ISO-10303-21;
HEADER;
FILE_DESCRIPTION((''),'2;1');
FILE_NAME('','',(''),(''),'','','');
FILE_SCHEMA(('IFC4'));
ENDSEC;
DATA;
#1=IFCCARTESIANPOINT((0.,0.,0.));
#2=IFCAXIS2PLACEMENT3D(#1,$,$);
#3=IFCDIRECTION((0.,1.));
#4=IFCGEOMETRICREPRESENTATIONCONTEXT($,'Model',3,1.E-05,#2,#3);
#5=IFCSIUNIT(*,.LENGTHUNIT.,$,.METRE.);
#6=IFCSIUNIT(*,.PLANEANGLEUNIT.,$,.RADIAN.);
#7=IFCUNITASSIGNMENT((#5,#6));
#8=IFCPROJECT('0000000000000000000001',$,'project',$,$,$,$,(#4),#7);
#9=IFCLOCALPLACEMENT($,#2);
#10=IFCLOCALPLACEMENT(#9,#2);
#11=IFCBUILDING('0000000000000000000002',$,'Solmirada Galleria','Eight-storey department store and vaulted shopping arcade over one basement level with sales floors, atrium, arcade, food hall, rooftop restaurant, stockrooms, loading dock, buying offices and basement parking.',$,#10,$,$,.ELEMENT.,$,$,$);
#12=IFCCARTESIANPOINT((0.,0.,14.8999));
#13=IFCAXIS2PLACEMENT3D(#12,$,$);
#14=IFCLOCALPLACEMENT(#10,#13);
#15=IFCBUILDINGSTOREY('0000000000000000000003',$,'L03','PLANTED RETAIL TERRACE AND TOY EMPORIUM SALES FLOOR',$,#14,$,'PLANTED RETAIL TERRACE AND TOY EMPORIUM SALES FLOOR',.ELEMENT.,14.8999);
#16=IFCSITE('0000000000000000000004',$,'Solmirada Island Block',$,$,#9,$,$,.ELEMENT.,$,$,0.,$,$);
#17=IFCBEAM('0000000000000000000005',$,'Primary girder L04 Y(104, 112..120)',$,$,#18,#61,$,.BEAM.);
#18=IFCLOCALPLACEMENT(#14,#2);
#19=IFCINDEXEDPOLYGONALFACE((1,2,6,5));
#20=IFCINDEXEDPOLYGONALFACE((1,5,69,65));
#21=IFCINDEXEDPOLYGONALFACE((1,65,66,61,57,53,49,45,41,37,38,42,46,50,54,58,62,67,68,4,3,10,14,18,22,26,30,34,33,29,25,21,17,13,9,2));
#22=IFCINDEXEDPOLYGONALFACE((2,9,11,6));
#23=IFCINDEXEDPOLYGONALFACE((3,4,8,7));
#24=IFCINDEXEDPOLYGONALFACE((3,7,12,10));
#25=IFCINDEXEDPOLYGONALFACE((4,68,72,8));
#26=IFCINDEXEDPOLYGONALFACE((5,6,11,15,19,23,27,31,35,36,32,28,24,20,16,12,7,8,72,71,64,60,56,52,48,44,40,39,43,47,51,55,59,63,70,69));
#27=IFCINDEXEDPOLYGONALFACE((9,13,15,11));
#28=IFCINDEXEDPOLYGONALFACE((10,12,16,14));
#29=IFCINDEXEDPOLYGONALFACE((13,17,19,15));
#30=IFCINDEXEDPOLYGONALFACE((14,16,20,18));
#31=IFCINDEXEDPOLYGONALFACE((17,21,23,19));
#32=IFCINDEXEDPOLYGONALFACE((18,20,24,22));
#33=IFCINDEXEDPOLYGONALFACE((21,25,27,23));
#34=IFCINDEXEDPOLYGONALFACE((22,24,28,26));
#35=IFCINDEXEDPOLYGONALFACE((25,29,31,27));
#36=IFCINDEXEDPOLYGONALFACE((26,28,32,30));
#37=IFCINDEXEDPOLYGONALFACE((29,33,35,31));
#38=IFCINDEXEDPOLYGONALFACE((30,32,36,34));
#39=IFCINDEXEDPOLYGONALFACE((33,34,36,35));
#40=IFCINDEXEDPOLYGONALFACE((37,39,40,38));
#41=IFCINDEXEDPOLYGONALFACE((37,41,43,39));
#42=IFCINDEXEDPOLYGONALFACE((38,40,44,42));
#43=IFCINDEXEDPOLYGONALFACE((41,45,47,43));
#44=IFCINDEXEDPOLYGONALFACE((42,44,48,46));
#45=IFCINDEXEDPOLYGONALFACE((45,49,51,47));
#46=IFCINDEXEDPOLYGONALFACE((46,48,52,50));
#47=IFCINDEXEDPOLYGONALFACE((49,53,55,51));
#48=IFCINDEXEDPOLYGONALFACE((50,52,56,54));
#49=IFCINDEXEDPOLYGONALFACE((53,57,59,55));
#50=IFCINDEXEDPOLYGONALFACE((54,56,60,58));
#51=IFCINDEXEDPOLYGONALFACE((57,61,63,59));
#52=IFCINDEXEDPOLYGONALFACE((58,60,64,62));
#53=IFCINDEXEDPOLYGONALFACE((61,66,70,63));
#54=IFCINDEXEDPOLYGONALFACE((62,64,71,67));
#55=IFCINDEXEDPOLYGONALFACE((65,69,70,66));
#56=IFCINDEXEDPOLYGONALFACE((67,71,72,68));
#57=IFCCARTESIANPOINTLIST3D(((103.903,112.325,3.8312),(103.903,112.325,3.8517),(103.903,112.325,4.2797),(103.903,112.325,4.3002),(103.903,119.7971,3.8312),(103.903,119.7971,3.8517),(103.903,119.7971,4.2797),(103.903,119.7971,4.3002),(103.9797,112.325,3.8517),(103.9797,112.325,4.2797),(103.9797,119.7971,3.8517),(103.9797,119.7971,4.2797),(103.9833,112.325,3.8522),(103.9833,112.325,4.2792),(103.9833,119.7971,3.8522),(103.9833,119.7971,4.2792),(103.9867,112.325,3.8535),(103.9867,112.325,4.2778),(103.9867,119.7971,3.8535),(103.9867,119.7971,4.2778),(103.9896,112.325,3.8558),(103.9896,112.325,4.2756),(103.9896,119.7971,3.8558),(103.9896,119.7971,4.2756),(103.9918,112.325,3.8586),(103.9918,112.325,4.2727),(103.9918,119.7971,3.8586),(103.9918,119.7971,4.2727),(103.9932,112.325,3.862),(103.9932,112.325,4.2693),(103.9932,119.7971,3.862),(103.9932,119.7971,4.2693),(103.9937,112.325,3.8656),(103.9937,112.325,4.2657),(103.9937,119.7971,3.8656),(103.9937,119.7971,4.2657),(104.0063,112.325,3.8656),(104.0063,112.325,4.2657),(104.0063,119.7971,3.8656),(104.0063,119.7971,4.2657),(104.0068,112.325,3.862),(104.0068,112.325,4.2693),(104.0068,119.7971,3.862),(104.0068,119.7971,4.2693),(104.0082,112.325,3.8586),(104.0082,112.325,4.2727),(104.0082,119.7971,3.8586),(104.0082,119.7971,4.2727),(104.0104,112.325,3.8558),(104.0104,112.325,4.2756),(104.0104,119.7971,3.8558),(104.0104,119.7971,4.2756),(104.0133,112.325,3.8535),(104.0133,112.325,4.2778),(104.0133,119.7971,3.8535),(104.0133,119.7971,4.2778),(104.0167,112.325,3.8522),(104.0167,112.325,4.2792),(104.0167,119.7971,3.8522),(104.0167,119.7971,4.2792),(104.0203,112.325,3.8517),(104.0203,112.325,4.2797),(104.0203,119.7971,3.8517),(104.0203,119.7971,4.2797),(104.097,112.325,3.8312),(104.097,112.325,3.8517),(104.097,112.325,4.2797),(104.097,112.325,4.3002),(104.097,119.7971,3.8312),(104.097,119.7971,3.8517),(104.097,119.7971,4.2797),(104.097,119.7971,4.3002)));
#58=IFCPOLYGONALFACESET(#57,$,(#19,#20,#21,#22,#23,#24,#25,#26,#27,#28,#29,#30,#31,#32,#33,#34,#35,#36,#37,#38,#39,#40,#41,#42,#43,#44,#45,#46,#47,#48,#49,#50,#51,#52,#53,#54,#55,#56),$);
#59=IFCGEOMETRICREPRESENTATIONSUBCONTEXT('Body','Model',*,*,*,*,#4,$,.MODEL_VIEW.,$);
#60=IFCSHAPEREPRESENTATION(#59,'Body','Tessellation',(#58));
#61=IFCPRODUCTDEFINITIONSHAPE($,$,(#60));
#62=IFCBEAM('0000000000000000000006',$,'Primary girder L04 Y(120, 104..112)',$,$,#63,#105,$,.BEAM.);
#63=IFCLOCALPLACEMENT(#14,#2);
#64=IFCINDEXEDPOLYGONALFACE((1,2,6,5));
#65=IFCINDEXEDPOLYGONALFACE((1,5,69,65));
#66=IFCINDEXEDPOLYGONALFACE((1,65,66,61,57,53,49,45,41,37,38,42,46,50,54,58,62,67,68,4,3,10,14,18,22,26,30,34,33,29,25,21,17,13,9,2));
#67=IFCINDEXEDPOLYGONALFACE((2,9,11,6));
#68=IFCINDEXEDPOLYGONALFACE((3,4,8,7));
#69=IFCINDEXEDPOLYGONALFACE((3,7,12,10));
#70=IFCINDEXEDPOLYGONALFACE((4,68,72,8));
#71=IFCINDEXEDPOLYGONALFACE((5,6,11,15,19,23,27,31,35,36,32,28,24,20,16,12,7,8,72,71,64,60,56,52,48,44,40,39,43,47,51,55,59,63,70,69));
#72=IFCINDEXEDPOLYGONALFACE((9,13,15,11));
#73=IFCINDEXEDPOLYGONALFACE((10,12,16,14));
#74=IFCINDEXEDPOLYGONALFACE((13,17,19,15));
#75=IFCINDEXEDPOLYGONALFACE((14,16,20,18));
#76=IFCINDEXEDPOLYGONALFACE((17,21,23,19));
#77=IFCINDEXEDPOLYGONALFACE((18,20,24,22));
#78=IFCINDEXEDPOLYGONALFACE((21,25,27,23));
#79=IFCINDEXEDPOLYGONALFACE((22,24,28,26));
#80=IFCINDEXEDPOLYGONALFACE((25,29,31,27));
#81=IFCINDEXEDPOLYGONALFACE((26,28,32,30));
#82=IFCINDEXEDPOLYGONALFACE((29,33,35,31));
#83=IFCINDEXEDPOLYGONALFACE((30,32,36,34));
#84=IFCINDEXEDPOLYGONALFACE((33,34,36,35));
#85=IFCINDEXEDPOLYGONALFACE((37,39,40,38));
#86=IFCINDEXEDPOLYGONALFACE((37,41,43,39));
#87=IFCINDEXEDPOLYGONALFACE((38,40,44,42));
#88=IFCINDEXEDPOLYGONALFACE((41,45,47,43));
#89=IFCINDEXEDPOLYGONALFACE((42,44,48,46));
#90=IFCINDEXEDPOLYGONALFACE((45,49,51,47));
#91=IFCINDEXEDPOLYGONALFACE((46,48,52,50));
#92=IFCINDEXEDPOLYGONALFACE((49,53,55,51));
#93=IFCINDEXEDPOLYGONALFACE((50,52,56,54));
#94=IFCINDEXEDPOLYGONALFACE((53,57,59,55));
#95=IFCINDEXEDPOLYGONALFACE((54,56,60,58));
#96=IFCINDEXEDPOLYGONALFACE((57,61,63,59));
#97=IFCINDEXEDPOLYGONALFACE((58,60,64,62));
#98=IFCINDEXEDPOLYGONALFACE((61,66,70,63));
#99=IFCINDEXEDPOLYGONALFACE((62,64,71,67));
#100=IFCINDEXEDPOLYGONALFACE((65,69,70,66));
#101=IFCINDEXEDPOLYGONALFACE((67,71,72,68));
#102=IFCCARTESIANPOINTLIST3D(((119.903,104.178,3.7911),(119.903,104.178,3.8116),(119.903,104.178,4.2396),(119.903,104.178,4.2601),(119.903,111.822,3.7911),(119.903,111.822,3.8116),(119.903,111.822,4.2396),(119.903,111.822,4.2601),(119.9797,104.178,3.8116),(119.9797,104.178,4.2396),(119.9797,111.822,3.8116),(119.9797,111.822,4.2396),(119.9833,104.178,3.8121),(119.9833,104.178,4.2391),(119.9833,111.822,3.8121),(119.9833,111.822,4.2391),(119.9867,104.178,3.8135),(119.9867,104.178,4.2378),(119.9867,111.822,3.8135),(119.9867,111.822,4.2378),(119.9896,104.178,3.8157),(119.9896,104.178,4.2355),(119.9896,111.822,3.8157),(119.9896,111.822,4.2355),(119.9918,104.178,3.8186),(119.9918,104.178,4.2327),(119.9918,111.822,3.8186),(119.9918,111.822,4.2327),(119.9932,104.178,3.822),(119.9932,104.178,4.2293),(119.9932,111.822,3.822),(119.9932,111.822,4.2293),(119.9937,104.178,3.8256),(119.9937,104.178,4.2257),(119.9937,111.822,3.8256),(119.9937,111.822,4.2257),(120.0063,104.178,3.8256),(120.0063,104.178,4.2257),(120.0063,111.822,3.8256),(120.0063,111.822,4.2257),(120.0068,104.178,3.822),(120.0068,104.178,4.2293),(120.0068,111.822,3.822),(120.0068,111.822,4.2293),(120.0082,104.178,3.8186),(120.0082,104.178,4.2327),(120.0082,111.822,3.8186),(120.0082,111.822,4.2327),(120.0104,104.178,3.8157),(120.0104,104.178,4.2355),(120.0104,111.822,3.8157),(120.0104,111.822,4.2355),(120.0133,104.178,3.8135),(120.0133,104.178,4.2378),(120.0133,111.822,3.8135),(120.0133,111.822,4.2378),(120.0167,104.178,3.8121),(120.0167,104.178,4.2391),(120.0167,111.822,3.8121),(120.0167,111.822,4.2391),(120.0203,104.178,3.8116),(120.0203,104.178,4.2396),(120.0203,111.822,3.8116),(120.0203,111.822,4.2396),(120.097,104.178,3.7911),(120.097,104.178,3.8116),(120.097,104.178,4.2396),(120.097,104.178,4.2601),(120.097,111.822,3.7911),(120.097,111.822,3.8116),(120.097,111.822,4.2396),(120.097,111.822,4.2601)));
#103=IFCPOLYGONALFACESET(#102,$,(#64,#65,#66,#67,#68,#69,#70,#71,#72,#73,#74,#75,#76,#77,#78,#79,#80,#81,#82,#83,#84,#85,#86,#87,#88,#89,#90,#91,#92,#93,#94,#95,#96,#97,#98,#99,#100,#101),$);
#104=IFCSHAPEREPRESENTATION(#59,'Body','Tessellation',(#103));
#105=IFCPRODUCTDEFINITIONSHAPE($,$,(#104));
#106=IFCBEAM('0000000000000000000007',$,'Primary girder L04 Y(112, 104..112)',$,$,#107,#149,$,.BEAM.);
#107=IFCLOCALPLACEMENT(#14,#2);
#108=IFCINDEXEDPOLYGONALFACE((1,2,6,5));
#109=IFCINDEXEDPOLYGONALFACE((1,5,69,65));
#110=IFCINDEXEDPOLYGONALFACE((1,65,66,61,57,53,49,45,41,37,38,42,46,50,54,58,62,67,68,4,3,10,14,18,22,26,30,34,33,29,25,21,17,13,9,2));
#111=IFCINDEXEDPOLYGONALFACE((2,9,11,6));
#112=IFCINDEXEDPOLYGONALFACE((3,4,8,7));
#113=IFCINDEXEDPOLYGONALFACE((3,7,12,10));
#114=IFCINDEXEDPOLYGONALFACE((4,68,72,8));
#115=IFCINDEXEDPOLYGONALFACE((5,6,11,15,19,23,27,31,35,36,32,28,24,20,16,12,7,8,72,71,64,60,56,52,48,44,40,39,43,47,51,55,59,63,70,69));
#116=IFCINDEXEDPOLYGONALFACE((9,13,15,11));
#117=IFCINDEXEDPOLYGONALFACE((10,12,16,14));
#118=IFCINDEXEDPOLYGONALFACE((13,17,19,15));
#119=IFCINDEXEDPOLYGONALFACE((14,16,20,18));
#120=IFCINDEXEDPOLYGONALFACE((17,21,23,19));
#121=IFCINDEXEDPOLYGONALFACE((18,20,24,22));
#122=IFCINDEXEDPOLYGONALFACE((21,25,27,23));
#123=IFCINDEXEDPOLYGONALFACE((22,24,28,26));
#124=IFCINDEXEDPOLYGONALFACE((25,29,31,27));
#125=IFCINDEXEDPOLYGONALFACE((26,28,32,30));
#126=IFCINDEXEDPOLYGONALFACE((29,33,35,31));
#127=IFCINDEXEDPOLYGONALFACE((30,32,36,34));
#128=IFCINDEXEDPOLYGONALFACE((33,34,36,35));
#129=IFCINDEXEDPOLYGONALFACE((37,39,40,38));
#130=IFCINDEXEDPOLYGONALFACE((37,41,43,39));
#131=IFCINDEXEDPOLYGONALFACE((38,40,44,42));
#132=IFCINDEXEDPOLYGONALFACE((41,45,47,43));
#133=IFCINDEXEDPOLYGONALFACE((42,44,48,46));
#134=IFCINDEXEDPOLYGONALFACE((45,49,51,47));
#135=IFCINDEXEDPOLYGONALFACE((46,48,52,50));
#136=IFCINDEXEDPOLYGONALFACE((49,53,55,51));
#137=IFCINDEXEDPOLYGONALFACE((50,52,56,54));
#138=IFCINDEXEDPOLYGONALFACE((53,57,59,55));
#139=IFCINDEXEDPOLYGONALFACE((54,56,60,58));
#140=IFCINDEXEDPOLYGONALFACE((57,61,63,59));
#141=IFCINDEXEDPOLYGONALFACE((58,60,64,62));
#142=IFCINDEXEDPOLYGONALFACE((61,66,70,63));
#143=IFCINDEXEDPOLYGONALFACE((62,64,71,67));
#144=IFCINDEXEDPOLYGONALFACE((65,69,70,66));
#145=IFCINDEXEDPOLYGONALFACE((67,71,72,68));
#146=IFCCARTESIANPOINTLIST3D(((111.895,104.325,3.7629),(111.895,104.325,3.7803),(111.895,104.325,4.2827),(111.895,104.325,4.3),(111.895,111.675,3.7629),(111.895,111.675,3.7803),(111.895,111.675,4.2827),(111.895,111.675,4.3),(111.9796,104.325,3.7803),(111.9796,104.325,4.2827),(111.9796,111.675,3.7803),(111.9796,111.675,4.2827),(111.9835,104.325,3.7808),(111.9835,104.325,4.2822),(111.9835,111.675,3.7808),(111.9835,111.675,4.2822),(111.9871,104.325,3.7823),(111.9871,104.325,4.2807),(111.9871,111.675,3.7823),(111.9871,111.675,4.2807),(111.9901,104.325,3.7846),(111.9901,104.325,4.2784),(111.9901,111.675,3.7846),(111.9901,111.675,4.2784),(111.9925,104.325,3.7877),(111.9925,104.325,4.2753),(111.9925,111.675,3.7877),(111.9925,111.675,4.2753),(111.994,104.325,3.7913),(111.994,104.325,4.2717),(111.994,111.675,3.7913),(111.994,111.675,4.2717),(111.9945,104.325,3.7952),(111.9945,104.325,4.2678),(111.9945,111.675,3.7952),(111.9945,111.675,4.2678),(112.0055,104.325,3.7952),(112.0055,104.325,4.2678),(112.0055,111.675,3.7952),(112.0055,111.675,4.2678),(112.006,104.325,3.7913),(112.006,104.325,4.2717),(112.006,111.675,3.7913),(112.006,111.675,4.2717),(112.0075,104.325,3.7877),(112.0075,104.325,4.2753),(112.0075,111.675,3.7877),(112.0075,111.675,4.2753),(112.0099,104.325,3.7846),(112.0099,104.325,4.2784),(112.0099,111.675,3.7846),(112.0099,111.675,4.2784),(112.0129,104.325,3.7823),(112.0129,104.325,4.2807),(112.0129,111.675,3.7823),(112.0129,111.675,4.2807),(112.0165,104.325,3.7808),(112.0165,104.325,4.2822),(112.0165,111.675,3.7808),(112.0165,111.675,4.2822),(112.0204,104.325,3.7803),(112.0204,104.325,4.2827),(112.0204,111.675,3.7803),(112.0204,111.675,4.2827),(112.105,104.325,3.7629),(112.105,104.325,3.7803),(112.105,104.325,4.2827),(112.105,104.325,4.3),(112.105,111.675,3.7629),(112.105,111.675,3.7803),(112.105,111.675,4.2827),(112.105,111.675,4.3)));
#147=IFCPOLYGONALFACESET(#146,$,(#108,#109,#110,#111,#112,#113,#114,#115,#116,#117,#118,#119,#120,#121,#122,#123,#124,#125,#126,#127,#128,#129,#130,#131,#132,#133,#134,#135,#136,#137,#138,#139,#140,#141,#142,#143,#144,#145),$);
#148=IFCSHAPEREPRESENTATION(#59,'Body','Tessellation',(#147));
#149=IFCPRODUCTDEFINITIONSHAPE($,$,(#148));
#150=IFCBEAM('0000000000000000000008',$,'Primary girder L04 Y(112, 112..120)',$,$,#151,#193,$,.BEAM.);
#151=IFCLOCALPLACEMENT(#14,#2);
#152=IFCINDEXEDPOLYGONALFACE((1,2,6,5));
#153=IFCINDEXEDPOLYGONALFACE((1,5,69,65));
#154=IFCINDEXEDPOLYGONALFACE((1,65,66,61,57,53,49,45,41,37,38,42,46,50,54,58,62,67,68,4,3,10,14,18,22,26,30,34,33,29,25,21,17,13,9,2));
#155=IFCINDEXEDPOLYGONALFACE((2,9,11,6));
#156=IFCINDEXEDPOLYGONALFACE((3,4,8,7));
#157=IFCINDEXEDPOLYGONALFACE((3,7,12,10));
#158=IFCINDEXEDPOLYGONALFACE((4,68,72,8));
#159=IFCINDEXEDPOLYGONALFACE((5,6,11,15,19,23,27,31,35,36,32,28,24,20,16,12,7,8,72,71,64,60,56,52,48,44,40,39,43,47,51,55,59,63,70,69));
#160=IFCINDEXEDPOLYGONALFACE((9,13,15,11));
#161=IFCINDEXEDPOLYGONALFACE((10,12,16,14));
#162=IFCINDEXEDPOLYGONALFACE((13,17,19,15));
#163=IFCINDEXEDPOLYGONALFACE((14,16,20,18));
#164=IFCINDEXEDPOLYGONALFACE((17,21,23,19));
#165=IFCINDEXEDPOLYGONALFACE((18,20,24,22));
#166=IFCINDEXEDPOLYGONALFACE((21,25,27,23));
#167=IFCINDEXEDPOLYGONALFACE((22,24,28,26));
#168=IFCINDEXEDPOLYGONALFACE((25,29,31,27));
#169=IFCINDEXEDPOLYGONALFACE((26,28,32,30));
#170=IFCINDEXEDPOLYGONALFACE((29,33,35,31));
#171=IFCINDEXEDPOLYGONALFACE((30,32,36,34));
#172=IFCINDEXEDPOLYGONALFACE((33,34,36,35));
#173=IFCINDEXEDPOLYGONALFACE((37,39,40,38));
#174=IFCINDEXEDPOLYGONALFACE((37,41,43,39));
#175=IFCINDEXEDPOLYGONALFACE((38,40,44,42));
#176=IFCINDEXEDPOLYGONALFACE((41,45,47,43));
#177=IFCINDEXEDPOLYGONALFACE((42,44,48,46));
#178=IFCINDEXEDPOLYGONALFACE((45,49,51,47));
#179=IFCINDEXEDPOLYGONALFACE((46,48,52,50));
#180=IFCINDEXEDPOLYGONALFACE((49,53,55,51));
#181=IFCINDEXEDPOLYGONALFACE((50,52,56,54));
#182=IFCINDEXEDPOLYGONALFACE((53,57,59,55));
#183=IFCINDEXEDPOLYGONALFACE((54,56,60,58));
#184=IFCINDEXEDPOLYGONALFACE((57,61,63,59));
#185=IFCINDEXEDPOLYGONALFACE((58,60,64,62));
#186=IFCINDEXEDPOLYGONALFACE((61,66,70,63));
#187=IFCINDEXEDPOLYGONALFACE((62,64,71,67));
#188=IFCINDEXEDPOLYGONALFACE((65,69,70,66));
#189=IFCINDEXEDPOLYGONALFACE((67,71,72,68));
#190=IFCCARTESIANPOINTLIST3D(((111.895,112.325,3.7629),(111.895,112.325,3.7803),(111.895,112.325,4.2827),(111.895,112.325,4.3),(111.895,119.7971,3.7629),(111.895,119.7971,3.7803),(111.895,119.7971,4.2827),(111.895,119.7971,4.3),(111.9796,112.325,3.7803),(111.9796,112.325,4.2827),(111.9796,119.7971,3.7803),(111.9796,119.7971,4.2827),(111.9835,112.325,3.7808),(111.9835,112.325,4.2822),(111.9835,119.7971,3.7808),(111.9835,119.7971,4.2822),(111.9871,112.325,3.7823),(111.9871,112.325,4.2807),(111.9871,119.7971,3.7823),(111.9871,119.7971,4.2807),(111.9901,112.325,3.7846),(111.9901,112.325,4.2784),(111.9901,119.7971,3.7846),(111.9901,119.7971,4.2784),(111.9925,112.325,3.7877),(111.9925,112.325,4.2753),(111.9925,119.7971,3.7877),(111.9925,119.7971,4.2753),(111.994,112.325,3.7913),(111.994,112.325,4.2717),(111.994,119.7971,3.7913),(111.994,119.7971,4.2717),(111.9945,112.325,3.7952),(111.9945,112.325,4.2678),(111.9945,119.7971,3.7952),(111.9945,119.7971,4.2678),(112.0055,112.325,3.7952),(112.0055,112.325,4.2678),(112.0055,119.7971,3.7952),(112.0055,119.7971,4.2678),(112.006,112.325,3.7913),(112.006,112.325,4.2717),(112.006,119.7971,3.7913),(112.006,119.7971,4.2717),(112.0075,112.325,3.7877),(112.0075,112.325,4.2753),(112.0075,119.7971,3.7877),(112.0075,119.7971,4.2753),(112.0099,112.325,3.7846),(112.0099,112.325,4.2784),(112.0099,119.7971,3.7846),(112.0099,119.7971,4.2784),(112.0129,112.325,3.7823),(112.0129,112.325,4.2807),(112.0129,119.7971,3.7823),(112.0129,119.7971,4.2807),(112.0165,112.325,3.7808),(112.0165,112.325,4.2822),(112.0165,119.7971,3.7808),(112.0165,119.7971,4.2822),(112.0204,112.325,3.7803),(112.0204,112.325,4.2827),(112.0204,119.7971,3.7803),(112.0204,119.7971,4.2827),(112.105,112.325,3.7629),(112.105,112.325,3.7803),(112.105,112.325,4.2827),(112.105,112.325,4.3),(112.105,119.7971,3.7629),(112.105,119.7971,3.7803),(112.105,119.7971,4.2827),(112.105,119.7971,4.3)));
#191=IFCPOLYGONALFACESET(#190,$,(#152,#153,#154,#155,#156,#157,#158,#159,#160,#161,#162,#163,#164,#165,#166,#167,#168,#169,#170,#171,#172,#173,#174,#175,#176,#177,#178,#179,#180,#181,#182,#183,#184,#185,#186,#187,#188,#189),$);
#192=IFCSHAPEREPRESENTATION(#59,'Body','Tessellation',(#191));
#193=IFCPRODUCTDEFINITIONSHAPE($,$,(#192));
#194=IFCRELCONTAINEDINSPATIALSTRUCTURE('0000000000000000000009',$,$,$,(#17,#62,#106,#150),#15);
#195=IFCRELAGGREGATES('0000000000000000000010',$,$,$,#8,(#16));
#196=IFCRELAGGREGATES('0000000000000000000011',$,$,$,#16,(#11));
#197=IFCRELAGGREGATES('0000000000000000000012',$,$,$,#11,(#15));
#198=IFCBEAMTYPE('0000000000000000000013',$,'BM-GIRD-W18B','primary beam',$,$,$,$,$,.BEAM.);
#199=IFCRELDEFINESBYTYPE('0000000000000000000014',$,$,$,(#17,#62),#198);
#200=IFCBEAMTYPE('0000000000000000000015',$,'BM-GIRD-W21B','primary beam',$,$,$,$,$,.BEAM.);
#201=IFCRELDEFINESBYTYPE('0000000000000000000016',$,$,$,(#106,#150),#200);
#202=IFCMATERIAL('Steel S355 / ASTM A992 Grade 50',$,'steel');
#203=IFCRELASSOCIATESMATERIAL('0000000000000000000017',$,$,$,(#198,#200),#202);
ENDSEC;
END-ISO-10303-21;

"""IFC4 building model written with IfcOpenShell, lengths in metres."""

from ifc_helpers import new_model, si_unit, direction, frame, origin, origin_2d, place, context, subcontext, project, spatial, i_section, extrude, material, material_profile, profile_set, type_object, element, save


model = new_model("IFC4")

# Units and contexts
model_context = context("Model", 3, precision=1e-05, world=origin(), true_north=direction((0.0, 1.0)))
body_context = subcontext(model_context, "Body", "Model", "MODEL_VIEW")
ifc_project = project(units=[si_unit("LENGTHUNIT", "METRE"), si_unit("PLANEANGLEUNIT", "RADIAN")], contexts=[model_context])

# Site, building, storey
site_placement = place(None, origin())
site = spatial("IfcSite", under=ifc_project, at=site_placement, Name="Solmirada Island Block", CompositionType="ELEMENT", RefElevation=0.0)
building_placement = place(site_placement, origin())
building = spatial("IfcBuilding", under=site, at=building_placement, Name="Solmirada Galleria", Description="Eight-storey department store and vaulted shopping arcade over one basement level with sales floors, atrium, arcade, food hall, rooftop restaurant, stockrooms, loading dock, buying offices and basement parking.", CompositionType="ELEMENT")
storey_placement = place(building_placement, frame((0.0, 0.0, 14.8999)))
storey = spatial("IfcBuildingStorey", under=building, at=storey_placement, Name="L03", Description="PLANTED RETAIL TERRACE AND TOY EMPORIUM SALES FLOOR", LongName="PLANTED RETAIL TERRACE AND TOY EMPORIUM SALES FLOOR", CompositionType="ELEMENT", Elevation=14.8999)

# Beams
ifc_material_1 = material(Name="Steel S355 / ASTM A992 Grade 50", Category="steel")
ifc_material_profile_1 = material_profile(ifc_material_1, i_section(OverallWidth=0.1941, OverallDepth=0.469, WebThickness=0.0127, FlangeThickness=0.0205, FilletRadius=0.0139, at=origin_2d()), Name="W18X71")
ifc_profile_set_1 = profile_set([ifc_material_profile_1], Name="Steel S355 / ASTM A992 Grade 50")
beam_type_1 = type_object("IfcBeamType", Name="BM-GIRD-W18B", Description="primary beam", PredefinedType="BEAM", material=ifc_profile_set_1)
beam_1_placement = place(storey_placement, frame((104.0, 112.325, 4.0657), z_axis=(0.0, 1.0, 0.0), x_axis=(-1.0, 0.0, 0.0)))
element("IfcBeam", 1, at=beam_1_placement, inside=storey, type_object=beam_type_1, Name="Primary girder L04 Y(104, 112..120)", PredefinedType="BEAM", context=body_context, shape_type="SweptSolid", body=[
    extrude(i_section(OverallWidth=0.1941, OverallDepth=0.469, WebThickness=0.0127, FlangeThickness=0.0205, FilletRadius=0.0139, at=origin_2d()), origin(), (0.0, 0.0, 1.0), 7.4722),
])
beam_2_placement = place(storey_placement, frame((120.0, 104.178, 4.0256), z_axis=(0.0, 1.0, 0.0), x_axis=(-1.0, 0.0, 0.0)))
element("IfcBeam", 2, at=beam_2_placement, inside=storey, type_object=beam_type_1, Name="Primary girder L04 Y(120, 104..112)", PredefinedType="BEAM", context=body_context, shape_type="SweptSolid", body=[
    extrude(i_section(OverallWidth=0.1941, OverallDepth=0.469, WebThickness=0.0127, FlangeThickness=0.0205, FilletRadius=0.0139, at=origin_2d()), origin(), (0.0, 0.0, 1.0), 7.644),
])
ifc_material_profile_2 = material_profile(ifc_material_1, i_section(OverallWidth=0.21, OverallDepth=0.5371, WebThickness=0.011, FlangeThickness=0.0173, FilletRadius=0.0149, at=origin_2d()), Name="W21X68")
ifc_profile_set_2 = profile_set([ifc_material_profile_2], Name="Steel S355 / ASTM A992 Grade 50")
beam_type_2 = type_object("IfcBeamType", Name="BM-GIRD-W21B", Description="primary beam", PredefinedType="BEAM", material=ifc_profile_set_2)
beam_3_placement = place(storey_placement, frame((112.0, 104.325, 4.0315), z_axis=(0.0, 1.0, 0.0), x_axis=(-1.0, 0.0, 0.0)))
element("IfcBeam", 3, at=beam_3_placement, inside=storey, type_object=beam_type_2, Name="Primary girder L04 Y(112, 104..112)", PredefinedType="BEAM", context=body_context, shape_type="SweptSolid", body=[
    extrude(i_section(OverallWidth=0.21, OverallDepth=0.5371, WebThickness=0.011, FlangeThickness=0.0173, FilletRadius=0.0149, at=origin_2d()), origin(), (0.0, 0.0, 1.0), 7.3501),
])
beam_4_placement = place(storey_placement, frame((112.0, 112.325, 4.0315), z_axis=(0.0, 1.0, 0.0), x_axis=(-1.0, 0.0, 0.0)))
element("IfcBeam", 4, at=beam_4_placement, inside=storey, type_object=beam_type_2, Name="Primary girder L04 Y(112, 112..120)", PredefinedType="BEAM", context=body_context, shape_type="SweptSolid", body=[
    extrude(i_section(OverallWidth=0.21, OverallDepth=0.5371, WebThickness=0.011, FlangeThickness=0.0173, FilletRadius=0.0149, at=origin_2d()), origin(), (0.0, 0.0, 1.0), 7.4722),
])

save(model, "model.ifc")
